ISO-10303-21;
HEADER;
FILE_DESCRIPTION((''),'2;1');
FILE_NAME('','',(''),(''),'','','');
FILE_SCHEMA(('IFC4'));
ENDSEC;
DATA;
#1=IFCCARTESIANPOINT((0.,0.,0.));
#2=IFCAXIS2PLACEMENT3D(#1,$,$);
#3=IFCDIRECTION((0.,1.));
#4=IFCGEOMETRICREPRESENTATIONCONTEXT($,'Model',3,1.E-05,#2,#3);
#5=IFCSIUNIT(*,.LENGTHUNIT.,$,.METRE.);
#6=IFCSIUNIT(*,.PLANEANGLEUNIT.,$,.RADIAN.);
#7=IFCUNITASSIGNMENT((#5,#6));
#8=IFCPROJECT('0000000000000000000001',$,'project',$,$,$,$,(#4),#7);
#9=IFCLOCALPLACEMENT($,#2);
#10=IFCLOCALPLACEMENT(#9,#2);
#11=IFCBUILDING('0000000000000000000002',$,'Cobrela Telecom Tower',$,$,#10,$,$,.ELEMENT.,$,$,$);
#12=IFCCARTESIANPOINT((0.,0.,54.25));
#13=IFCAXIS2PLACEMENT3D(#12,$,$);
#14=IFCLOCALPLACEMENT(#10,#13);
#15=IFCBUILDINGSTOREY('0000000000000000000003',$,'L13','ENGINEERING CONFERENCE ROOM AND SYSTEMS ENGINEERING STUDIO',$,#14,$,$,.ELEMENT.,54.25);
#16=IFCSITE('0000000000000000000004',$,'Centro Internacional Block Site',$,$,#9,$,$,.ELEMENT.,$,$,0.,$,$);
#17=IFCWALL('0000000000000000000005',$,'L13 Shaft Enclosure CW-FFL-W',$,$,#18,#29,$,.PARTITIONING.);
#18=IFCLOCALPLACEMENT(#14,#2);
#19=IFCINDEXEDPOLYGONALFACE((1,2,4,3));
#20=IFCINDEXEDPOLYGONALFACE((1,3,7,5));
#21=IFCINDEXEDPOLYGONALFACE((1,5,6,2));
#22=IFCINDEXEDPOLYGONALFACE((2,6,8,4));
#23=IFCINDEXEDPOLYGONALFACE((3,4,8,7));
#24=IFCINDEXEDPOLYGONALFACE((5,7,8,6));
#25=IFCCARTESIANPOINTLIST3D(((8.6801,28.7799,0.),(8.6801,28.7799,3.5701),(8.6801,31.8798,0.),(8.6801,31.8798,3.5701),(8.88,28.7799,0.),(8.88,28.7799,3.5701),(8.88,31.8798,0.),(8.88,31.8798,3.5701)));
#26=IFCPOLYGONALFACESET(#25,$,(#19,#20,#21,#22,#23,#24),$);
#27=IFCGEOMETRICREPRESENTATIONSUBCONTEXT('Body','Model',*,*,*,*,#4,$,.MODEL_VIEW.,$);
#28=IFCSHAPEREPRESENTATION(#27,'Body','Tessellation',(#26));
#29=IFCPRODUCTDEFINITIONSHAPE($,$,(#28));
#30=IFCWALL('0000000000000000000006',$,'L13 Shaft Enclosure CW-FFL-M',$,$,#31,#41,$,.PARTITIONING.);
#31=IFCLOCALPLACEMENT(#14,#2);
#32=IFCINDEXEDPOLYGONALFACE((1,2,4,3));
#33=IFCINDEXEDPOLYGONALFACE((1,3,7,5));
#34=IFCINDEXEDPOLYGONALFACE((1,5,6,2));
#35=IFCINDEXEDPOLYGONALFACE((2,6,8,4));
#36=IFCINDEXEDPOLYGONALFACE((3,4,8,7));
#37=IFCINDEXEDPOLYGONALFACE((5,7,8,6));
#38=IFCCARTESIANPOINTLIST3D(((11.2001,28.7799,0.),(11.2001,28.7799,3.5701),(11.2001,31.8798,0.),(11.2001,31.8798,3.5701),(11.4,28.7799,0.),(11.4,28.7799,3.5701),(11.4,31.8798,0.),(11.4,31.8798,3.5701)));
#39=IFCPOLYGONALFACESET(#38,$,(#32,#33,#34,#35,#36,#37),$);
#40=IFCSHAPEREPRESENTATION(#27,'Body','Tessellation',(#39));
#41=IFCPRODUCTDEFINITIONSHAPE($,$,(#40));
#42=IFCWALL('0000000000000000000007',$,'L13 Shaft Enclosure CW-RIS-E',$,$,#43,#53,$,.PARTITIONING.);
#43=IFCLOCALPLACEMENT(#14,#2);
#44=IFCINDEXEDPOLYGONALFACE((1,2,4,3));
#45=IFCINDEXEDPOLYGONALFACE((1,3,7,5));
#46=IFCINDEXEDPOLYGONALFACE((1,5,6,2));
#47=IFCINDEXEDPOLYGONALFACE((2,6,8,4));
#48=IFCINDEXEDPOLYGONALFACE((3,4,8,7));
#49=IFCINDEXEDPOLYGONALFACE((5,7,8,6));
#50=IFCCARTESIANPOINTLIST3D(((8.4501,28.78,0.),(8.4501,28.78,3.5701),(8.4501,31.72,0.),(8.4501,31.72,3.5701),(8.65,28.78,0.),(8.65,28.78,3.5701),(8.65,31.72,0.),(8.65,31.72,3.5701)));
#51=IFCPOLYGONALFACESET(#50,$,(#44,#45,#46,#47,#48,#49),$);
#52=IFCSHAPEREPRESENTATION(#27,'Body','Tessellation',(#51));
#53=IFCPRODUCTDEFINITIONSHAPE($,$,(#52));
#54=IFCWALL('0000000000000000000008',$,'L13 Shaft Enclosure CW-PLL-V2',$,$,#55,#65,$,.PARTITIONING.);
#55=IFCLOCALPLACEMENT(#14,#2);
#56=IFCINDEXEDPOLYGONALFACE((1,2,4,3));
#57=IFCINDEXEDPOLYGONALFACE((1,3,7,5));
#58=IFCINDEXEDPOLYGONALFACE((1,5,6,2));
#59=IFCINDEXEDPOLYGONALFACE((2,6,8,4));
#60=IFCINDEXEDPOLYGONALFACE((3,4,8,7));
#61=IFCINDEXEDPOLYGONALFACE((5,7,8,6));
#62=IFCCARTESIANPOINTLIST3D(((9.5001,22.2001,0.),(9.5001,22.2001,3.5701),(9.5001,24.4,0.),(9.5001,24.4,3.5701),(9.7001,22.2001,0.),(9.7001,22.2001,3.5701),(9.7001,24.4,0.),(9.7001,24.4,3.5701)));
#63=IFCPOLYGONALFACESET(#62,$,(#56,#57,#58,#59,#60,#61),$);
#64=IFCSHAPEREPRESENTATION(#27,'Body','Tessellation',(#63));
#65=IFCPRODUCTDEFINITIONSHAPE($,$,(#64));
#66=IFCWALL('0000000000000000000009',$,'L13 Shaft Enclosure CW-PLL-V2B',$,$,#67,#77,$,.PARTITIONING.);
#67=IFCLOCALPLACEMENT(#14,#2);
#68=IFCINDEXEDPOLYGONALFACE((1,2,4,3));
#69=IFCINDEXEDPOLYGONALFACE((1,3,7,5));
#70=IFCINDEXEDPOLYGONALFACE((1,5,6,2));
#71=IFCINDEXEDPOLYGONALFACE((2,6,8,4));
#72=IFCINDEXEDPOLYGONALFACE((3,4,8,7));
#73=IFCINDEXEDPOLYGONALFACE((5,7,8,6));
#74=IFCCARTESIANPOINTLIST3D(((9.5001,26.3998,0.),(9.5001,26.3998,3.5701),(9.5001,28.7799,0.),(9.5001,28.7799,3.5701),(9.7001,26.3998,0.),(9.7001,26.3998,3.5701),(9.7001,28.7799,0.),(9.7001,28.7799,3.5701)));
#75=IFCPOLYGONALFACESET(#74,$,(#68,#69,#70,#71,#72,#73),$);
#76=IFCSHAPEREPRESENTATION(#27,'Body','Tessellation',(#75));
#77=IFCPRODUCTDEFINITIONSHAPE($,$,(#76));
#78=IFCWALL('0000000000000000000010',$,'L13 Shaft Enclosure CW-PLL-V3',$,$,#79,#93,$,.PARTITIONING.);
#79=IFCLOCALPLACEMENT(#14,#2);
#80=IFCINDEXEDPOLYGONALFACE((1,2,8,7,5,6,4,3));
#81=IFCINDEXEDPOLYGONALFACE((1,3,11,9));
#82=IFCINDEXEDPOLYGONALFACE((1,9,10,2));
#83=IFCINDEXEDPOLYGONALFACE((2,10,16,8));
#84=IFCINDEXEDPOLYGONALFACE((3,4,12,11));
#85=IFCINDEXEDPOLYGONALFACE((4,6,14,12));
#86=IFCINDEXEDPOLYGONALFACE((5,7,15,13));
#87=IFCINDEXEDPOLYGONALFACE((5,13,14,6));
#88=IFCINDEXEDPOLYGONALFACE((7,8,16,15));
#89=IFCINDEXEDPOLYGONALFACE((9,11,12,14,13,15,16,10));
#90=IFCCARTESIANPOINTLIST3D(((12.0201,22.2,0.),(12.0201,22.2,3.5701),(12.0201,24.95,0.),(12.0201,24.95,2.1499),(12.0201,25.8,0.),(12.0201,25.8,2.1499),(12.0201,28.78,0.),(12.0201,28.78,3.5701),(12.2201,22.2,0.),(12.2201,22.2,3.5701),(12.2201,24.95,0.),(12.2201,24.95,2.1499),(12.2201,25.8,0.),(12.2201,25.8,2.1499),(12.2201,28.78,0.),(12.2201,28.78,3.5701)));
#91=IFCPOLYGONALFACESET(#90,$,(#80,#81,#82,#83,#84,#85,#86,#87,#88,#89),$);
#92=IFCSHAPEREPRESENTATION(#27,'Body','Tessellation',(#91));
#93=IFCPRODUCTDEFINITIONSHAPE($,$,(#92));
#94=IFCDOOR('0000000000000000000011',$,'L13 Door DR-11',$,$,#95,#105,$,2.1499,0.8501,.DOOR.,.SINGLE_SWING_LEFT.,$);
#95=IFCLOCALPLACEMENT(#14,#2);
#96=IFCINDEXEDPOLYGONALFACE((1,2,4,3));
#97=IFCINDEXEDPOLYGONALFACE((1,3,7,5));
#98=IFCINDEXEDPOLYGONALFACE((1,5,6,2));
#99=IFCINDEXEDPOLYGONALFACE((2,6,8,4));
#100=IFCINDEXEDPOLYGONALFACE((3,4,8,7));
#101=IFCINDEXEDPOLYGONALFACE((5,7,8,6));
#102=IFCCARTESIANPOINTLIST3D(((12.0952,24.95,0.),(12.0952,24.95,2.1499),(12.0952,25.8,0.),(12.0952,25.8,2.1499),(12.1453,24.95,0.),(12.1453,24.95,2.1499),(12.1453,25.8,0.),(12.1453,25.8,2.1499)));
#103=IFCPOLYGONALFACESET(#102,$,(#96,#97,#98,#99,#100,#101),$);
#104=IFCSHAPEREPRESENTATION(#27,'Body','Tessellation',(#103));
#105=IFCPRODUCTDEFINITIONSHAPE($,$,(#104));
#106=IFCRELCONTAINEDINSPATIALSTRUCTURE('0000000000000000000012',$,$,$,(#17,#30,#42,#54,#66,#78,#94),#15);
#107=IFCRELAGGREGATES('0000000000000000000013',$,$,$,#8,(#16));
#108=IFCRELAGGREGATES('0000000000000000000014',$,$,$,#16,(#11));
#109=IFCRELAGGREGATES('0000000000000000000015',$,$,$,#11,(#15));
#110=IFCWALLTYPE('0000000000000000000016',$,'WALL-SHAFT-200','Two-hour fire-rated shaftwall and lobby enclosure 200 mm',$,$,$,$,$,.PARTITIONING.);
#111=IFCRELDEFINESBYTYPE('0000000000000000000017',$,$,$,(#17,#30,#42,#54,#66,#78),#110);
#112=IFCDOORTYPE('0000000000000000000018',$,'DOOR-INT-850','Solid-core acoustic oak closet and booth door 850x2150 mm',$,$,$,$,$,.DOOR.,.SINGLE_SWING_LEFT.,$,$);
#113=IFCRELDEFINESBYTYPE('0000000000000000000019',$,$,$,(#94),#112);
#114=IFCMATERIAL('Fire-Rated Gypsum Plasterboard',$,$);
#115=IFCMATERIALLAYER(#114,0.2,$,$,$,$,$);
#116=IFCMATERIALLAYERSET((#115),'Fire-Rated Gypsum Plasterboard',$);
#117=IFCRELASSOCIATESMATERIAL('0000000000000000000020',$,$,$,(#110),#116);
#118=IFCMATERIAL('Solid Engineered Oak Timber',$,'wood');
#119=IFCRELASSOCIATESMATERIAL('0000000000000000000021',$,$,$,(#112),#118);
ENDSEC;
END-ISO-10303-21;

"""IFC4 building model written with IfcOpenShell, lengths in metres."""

from ifc_helpers import new_model, si_unit, direction, frame, frame_2d, origin, place, context, subcontext, project, spatial, rectangle, extrude, material, layer, layer_set, type_object, element, fill, save


model = new_model("IFC4")

# Units and contexts
model_context = context("Model", 3, precision=1e-05, world=origin(), true_north=direction((0.0, 1.0)))
body_context = subcontext(model_context, "Body", "Model", "MODEL_VIEW")
ifc_project = project(units=[si_unit("LENGTHUNIT", "METRE"), si_unit("PLANEANGLEUNIT", "RADIAN")], contexts=[model_context])

# Site, building, storey
site_placement = place(None, origin())
site = spatial("IfcSite", under=ifc_project, at=site_placement, Name="Centro Internacional Block Site", CompositionType="ELEMENT", RefElevation=0.0)
building_placement = place(site_placement, origin())
building = spatial("IfcBuilding", under=site, at=building_placement, Name="Cobrela Telecom Tower", CompositionType="ELEMENT")
storey_placement = place(building_placement, frame((0.0, 0.0, 54.25)))
storey = spatial("IfcBuildingStorey", under=building, at=storey_placement, Name="L13", Description="ENGINEERING CONFERENCE ROOM AND SYSTEMS ENGINEERING STUDIO", CompositionType="ELEMENT", Elevation=54.25)

# Shared definitions
ifc_material_1 = material(Name="Fire-Rated Gypsum Plasterboard")

# Shared definitions
ifc_material_2 = material(Name="Solid Engineered Oak Timber", Category="wood")

# Shared definitions
ifc_layer_1 = layer(ifc_material_1, 0.2)
ifc_layer_set_1 = layer_set([ifc_layer_1], Name="Fire-Rated Gypsum Plasterboard")
wall_type_1 = type_object("IfcWallType", Name="WALL-SHAFT-200", Description="Two-hour fire-rated shaftwall and lobby enclosure 200 mm", PredefinedType="PARTITIONING", material=ifc_layer_set_1)

# Walls
for number, where, z_axis, x_axis, name in (
    (1, (8.78, 28.78, 0.0), (0.0, 0.0, 1.0), (0.0, 1.0, 0.0), "L13 Shaft Enclosure CW-FFL-W"),
    (2, (11.3, 28.78, 0.0), (0.0, 0.0, 1.0), (0.0, 1.0, 0.0), "L13 Shaft Enclosure CW-FFL-M"),
):
    element("IfcWall", number, at=place(storey_placement, frame(where, z_axis=z_axis, x_axis=x_axis)), inside=storey, type_object=wall_type_1, Name=name, PredefinedType="PARTITIONING", context=body_context, shape_type="SweptSolid", body=[
        extrude(rectangle(XDim=3.0999, YDim=0.2, at=frame_2d((1.5498, 0.0))), origin(), (0.0, 0.0, 1.0), 3.5701),
    ])
wall_1_placement = place(storey_placement, frame((8.55, 28.78, 0.0), z_axis=(0.0, 0.0, 1.0), x_axis=(0.0, 1.0, 0.0)))
element("IfcWall", 3, at=wall_1_placement, inside=storey, type_object=wall_type_1, Name="L13 Shaft Enclosure CW-RIS-E", PredefinedType="PARTITIONING", context=body_context, shape_type="SweptSolid", body=[
    extrude(rectangle(XDim=2.9399, YDim=0.2, at=frame_2d((1.47, 0.0))), origin(), (0.0, 0.0, 1.0), 3.5701),
])
wall_2_placement = place(storey_placement, frame((9.6001, 22.2, 0.0), z_axis=(0.0, 0.0, 1.0), x_axis=(0.0, 1.0, 0.0)))
element("IfcWall", 4, at=wall_2_placement, inside=storey, type_object=wall_type_1, Name="L13 Shaft Enclosure CW-PLL-V2", PredefinedType="PARTITIONING", context=body_context, shape_type="SweptSolid", body=[
    extrude(rectangle(XDim=2.2, YDim=0.2, at=frame_2d((1.1001, 0.0))), origin(), (0.0, 0.0, 1.0), 3.5701),
])
wall_3_placement = place(storey_placement, frame((9.6001, 26.3999, 0.0), z_axis=(0.0, 0.0, 1.0), x_axis=(0.0, 1.0, 0.0)))
element("IfcWall", 5, at=wall_3_placement, inside=storey, type_object=wall_type_1, Name="L13 Shaft Enclosure CW-PLL-V2B", PredefinedType="PARTITIONING", context=body_context, shape_type="SweptSolid", body=[
    extrude(rectangle(XDim=2.3801, YDim=0.2, at=frame_2d((1.1899, 0.0))), origin(), (0.0, 0.0, 1.0), 3.5701),
])

# Wall, opening, door
wall_4_placement = place(storey_placement, frame((12.1201, 22.2, 0.0), z_axis=(0.0, 0.0, 1.0), x_axis=(0.0, 1.0, 0.0)))
wall_4 = element("IfcWall", 6, at=wall_4_placement, inside=storey, type_object=wall_type_1, Name="L13 Shaft Enclosure CW-PLL-V3", PredefinedType="PARTITIONING", context=body_context, shape_type="SweptSolid", body=[
    extrude(rectangle(XDim=6.5801, YDim=0.2, at=frame_2d((3.29, 0.0))), origin(), (0.0, 0.0, 1.0), 3.5701),
])
opening_1_placement = place(wall_4_placement, frame((2.75, 0.0, 0.0)))
opening_1 = element("IfcOpeningElement", 7, at=opening_1_placement, cuts=wall_4, PredefinedType="OPENING", context=body_context, shape_type="SweptSolid", body=[
    extrude(rectangle(XDim=0.8501, YDim=2.1499, at=frame_2d((0.425, 1.075))), frame((0.0, 0.1118, 0.0), z_axis=(0.0, -1.0, 0.0), x_axis=(1.0, 0.0, 0.0)), (0.0, 0.0, 1.0), 0.2239),
])
door_type_1 = type_object("IfcDoorType", Name="DOOR-INT-850", Description="Solid-core acoustic oak closet and booth door 850x2150 mm", OperationType="SINGLE_SWING_LEFT", PredefinedType="DOOR", material=ifc_material_2)
door_1_placement = place(opening_1_placement, origin())
door_1 = element("IfcDoor", 8, at=door_1_placement, inside=storey, type_object=door_type_1, Name="L13 Door DR-11", OperationType="SINGLE_SWING_LEFT", OverallHeight=2.1499, OverallWidth=0.8501, PredefinedType="DOOR", context=body_context, shape_type="SweptSolid", body=[
    extrude(rectangle(XDim=0.8501, YDim=2.1499, at=frame_2d((0.425, 1.075))), frame((0.0, 0.0249, 0.0), z_axis=(0.0, -1.0, 0.0), x_axis=(1.0, 0.0, 0.0)), (0.0, 0.0, 1.0), 0.05),
])
fill(opening_1, door_1)

save(model, "model.ifc")
